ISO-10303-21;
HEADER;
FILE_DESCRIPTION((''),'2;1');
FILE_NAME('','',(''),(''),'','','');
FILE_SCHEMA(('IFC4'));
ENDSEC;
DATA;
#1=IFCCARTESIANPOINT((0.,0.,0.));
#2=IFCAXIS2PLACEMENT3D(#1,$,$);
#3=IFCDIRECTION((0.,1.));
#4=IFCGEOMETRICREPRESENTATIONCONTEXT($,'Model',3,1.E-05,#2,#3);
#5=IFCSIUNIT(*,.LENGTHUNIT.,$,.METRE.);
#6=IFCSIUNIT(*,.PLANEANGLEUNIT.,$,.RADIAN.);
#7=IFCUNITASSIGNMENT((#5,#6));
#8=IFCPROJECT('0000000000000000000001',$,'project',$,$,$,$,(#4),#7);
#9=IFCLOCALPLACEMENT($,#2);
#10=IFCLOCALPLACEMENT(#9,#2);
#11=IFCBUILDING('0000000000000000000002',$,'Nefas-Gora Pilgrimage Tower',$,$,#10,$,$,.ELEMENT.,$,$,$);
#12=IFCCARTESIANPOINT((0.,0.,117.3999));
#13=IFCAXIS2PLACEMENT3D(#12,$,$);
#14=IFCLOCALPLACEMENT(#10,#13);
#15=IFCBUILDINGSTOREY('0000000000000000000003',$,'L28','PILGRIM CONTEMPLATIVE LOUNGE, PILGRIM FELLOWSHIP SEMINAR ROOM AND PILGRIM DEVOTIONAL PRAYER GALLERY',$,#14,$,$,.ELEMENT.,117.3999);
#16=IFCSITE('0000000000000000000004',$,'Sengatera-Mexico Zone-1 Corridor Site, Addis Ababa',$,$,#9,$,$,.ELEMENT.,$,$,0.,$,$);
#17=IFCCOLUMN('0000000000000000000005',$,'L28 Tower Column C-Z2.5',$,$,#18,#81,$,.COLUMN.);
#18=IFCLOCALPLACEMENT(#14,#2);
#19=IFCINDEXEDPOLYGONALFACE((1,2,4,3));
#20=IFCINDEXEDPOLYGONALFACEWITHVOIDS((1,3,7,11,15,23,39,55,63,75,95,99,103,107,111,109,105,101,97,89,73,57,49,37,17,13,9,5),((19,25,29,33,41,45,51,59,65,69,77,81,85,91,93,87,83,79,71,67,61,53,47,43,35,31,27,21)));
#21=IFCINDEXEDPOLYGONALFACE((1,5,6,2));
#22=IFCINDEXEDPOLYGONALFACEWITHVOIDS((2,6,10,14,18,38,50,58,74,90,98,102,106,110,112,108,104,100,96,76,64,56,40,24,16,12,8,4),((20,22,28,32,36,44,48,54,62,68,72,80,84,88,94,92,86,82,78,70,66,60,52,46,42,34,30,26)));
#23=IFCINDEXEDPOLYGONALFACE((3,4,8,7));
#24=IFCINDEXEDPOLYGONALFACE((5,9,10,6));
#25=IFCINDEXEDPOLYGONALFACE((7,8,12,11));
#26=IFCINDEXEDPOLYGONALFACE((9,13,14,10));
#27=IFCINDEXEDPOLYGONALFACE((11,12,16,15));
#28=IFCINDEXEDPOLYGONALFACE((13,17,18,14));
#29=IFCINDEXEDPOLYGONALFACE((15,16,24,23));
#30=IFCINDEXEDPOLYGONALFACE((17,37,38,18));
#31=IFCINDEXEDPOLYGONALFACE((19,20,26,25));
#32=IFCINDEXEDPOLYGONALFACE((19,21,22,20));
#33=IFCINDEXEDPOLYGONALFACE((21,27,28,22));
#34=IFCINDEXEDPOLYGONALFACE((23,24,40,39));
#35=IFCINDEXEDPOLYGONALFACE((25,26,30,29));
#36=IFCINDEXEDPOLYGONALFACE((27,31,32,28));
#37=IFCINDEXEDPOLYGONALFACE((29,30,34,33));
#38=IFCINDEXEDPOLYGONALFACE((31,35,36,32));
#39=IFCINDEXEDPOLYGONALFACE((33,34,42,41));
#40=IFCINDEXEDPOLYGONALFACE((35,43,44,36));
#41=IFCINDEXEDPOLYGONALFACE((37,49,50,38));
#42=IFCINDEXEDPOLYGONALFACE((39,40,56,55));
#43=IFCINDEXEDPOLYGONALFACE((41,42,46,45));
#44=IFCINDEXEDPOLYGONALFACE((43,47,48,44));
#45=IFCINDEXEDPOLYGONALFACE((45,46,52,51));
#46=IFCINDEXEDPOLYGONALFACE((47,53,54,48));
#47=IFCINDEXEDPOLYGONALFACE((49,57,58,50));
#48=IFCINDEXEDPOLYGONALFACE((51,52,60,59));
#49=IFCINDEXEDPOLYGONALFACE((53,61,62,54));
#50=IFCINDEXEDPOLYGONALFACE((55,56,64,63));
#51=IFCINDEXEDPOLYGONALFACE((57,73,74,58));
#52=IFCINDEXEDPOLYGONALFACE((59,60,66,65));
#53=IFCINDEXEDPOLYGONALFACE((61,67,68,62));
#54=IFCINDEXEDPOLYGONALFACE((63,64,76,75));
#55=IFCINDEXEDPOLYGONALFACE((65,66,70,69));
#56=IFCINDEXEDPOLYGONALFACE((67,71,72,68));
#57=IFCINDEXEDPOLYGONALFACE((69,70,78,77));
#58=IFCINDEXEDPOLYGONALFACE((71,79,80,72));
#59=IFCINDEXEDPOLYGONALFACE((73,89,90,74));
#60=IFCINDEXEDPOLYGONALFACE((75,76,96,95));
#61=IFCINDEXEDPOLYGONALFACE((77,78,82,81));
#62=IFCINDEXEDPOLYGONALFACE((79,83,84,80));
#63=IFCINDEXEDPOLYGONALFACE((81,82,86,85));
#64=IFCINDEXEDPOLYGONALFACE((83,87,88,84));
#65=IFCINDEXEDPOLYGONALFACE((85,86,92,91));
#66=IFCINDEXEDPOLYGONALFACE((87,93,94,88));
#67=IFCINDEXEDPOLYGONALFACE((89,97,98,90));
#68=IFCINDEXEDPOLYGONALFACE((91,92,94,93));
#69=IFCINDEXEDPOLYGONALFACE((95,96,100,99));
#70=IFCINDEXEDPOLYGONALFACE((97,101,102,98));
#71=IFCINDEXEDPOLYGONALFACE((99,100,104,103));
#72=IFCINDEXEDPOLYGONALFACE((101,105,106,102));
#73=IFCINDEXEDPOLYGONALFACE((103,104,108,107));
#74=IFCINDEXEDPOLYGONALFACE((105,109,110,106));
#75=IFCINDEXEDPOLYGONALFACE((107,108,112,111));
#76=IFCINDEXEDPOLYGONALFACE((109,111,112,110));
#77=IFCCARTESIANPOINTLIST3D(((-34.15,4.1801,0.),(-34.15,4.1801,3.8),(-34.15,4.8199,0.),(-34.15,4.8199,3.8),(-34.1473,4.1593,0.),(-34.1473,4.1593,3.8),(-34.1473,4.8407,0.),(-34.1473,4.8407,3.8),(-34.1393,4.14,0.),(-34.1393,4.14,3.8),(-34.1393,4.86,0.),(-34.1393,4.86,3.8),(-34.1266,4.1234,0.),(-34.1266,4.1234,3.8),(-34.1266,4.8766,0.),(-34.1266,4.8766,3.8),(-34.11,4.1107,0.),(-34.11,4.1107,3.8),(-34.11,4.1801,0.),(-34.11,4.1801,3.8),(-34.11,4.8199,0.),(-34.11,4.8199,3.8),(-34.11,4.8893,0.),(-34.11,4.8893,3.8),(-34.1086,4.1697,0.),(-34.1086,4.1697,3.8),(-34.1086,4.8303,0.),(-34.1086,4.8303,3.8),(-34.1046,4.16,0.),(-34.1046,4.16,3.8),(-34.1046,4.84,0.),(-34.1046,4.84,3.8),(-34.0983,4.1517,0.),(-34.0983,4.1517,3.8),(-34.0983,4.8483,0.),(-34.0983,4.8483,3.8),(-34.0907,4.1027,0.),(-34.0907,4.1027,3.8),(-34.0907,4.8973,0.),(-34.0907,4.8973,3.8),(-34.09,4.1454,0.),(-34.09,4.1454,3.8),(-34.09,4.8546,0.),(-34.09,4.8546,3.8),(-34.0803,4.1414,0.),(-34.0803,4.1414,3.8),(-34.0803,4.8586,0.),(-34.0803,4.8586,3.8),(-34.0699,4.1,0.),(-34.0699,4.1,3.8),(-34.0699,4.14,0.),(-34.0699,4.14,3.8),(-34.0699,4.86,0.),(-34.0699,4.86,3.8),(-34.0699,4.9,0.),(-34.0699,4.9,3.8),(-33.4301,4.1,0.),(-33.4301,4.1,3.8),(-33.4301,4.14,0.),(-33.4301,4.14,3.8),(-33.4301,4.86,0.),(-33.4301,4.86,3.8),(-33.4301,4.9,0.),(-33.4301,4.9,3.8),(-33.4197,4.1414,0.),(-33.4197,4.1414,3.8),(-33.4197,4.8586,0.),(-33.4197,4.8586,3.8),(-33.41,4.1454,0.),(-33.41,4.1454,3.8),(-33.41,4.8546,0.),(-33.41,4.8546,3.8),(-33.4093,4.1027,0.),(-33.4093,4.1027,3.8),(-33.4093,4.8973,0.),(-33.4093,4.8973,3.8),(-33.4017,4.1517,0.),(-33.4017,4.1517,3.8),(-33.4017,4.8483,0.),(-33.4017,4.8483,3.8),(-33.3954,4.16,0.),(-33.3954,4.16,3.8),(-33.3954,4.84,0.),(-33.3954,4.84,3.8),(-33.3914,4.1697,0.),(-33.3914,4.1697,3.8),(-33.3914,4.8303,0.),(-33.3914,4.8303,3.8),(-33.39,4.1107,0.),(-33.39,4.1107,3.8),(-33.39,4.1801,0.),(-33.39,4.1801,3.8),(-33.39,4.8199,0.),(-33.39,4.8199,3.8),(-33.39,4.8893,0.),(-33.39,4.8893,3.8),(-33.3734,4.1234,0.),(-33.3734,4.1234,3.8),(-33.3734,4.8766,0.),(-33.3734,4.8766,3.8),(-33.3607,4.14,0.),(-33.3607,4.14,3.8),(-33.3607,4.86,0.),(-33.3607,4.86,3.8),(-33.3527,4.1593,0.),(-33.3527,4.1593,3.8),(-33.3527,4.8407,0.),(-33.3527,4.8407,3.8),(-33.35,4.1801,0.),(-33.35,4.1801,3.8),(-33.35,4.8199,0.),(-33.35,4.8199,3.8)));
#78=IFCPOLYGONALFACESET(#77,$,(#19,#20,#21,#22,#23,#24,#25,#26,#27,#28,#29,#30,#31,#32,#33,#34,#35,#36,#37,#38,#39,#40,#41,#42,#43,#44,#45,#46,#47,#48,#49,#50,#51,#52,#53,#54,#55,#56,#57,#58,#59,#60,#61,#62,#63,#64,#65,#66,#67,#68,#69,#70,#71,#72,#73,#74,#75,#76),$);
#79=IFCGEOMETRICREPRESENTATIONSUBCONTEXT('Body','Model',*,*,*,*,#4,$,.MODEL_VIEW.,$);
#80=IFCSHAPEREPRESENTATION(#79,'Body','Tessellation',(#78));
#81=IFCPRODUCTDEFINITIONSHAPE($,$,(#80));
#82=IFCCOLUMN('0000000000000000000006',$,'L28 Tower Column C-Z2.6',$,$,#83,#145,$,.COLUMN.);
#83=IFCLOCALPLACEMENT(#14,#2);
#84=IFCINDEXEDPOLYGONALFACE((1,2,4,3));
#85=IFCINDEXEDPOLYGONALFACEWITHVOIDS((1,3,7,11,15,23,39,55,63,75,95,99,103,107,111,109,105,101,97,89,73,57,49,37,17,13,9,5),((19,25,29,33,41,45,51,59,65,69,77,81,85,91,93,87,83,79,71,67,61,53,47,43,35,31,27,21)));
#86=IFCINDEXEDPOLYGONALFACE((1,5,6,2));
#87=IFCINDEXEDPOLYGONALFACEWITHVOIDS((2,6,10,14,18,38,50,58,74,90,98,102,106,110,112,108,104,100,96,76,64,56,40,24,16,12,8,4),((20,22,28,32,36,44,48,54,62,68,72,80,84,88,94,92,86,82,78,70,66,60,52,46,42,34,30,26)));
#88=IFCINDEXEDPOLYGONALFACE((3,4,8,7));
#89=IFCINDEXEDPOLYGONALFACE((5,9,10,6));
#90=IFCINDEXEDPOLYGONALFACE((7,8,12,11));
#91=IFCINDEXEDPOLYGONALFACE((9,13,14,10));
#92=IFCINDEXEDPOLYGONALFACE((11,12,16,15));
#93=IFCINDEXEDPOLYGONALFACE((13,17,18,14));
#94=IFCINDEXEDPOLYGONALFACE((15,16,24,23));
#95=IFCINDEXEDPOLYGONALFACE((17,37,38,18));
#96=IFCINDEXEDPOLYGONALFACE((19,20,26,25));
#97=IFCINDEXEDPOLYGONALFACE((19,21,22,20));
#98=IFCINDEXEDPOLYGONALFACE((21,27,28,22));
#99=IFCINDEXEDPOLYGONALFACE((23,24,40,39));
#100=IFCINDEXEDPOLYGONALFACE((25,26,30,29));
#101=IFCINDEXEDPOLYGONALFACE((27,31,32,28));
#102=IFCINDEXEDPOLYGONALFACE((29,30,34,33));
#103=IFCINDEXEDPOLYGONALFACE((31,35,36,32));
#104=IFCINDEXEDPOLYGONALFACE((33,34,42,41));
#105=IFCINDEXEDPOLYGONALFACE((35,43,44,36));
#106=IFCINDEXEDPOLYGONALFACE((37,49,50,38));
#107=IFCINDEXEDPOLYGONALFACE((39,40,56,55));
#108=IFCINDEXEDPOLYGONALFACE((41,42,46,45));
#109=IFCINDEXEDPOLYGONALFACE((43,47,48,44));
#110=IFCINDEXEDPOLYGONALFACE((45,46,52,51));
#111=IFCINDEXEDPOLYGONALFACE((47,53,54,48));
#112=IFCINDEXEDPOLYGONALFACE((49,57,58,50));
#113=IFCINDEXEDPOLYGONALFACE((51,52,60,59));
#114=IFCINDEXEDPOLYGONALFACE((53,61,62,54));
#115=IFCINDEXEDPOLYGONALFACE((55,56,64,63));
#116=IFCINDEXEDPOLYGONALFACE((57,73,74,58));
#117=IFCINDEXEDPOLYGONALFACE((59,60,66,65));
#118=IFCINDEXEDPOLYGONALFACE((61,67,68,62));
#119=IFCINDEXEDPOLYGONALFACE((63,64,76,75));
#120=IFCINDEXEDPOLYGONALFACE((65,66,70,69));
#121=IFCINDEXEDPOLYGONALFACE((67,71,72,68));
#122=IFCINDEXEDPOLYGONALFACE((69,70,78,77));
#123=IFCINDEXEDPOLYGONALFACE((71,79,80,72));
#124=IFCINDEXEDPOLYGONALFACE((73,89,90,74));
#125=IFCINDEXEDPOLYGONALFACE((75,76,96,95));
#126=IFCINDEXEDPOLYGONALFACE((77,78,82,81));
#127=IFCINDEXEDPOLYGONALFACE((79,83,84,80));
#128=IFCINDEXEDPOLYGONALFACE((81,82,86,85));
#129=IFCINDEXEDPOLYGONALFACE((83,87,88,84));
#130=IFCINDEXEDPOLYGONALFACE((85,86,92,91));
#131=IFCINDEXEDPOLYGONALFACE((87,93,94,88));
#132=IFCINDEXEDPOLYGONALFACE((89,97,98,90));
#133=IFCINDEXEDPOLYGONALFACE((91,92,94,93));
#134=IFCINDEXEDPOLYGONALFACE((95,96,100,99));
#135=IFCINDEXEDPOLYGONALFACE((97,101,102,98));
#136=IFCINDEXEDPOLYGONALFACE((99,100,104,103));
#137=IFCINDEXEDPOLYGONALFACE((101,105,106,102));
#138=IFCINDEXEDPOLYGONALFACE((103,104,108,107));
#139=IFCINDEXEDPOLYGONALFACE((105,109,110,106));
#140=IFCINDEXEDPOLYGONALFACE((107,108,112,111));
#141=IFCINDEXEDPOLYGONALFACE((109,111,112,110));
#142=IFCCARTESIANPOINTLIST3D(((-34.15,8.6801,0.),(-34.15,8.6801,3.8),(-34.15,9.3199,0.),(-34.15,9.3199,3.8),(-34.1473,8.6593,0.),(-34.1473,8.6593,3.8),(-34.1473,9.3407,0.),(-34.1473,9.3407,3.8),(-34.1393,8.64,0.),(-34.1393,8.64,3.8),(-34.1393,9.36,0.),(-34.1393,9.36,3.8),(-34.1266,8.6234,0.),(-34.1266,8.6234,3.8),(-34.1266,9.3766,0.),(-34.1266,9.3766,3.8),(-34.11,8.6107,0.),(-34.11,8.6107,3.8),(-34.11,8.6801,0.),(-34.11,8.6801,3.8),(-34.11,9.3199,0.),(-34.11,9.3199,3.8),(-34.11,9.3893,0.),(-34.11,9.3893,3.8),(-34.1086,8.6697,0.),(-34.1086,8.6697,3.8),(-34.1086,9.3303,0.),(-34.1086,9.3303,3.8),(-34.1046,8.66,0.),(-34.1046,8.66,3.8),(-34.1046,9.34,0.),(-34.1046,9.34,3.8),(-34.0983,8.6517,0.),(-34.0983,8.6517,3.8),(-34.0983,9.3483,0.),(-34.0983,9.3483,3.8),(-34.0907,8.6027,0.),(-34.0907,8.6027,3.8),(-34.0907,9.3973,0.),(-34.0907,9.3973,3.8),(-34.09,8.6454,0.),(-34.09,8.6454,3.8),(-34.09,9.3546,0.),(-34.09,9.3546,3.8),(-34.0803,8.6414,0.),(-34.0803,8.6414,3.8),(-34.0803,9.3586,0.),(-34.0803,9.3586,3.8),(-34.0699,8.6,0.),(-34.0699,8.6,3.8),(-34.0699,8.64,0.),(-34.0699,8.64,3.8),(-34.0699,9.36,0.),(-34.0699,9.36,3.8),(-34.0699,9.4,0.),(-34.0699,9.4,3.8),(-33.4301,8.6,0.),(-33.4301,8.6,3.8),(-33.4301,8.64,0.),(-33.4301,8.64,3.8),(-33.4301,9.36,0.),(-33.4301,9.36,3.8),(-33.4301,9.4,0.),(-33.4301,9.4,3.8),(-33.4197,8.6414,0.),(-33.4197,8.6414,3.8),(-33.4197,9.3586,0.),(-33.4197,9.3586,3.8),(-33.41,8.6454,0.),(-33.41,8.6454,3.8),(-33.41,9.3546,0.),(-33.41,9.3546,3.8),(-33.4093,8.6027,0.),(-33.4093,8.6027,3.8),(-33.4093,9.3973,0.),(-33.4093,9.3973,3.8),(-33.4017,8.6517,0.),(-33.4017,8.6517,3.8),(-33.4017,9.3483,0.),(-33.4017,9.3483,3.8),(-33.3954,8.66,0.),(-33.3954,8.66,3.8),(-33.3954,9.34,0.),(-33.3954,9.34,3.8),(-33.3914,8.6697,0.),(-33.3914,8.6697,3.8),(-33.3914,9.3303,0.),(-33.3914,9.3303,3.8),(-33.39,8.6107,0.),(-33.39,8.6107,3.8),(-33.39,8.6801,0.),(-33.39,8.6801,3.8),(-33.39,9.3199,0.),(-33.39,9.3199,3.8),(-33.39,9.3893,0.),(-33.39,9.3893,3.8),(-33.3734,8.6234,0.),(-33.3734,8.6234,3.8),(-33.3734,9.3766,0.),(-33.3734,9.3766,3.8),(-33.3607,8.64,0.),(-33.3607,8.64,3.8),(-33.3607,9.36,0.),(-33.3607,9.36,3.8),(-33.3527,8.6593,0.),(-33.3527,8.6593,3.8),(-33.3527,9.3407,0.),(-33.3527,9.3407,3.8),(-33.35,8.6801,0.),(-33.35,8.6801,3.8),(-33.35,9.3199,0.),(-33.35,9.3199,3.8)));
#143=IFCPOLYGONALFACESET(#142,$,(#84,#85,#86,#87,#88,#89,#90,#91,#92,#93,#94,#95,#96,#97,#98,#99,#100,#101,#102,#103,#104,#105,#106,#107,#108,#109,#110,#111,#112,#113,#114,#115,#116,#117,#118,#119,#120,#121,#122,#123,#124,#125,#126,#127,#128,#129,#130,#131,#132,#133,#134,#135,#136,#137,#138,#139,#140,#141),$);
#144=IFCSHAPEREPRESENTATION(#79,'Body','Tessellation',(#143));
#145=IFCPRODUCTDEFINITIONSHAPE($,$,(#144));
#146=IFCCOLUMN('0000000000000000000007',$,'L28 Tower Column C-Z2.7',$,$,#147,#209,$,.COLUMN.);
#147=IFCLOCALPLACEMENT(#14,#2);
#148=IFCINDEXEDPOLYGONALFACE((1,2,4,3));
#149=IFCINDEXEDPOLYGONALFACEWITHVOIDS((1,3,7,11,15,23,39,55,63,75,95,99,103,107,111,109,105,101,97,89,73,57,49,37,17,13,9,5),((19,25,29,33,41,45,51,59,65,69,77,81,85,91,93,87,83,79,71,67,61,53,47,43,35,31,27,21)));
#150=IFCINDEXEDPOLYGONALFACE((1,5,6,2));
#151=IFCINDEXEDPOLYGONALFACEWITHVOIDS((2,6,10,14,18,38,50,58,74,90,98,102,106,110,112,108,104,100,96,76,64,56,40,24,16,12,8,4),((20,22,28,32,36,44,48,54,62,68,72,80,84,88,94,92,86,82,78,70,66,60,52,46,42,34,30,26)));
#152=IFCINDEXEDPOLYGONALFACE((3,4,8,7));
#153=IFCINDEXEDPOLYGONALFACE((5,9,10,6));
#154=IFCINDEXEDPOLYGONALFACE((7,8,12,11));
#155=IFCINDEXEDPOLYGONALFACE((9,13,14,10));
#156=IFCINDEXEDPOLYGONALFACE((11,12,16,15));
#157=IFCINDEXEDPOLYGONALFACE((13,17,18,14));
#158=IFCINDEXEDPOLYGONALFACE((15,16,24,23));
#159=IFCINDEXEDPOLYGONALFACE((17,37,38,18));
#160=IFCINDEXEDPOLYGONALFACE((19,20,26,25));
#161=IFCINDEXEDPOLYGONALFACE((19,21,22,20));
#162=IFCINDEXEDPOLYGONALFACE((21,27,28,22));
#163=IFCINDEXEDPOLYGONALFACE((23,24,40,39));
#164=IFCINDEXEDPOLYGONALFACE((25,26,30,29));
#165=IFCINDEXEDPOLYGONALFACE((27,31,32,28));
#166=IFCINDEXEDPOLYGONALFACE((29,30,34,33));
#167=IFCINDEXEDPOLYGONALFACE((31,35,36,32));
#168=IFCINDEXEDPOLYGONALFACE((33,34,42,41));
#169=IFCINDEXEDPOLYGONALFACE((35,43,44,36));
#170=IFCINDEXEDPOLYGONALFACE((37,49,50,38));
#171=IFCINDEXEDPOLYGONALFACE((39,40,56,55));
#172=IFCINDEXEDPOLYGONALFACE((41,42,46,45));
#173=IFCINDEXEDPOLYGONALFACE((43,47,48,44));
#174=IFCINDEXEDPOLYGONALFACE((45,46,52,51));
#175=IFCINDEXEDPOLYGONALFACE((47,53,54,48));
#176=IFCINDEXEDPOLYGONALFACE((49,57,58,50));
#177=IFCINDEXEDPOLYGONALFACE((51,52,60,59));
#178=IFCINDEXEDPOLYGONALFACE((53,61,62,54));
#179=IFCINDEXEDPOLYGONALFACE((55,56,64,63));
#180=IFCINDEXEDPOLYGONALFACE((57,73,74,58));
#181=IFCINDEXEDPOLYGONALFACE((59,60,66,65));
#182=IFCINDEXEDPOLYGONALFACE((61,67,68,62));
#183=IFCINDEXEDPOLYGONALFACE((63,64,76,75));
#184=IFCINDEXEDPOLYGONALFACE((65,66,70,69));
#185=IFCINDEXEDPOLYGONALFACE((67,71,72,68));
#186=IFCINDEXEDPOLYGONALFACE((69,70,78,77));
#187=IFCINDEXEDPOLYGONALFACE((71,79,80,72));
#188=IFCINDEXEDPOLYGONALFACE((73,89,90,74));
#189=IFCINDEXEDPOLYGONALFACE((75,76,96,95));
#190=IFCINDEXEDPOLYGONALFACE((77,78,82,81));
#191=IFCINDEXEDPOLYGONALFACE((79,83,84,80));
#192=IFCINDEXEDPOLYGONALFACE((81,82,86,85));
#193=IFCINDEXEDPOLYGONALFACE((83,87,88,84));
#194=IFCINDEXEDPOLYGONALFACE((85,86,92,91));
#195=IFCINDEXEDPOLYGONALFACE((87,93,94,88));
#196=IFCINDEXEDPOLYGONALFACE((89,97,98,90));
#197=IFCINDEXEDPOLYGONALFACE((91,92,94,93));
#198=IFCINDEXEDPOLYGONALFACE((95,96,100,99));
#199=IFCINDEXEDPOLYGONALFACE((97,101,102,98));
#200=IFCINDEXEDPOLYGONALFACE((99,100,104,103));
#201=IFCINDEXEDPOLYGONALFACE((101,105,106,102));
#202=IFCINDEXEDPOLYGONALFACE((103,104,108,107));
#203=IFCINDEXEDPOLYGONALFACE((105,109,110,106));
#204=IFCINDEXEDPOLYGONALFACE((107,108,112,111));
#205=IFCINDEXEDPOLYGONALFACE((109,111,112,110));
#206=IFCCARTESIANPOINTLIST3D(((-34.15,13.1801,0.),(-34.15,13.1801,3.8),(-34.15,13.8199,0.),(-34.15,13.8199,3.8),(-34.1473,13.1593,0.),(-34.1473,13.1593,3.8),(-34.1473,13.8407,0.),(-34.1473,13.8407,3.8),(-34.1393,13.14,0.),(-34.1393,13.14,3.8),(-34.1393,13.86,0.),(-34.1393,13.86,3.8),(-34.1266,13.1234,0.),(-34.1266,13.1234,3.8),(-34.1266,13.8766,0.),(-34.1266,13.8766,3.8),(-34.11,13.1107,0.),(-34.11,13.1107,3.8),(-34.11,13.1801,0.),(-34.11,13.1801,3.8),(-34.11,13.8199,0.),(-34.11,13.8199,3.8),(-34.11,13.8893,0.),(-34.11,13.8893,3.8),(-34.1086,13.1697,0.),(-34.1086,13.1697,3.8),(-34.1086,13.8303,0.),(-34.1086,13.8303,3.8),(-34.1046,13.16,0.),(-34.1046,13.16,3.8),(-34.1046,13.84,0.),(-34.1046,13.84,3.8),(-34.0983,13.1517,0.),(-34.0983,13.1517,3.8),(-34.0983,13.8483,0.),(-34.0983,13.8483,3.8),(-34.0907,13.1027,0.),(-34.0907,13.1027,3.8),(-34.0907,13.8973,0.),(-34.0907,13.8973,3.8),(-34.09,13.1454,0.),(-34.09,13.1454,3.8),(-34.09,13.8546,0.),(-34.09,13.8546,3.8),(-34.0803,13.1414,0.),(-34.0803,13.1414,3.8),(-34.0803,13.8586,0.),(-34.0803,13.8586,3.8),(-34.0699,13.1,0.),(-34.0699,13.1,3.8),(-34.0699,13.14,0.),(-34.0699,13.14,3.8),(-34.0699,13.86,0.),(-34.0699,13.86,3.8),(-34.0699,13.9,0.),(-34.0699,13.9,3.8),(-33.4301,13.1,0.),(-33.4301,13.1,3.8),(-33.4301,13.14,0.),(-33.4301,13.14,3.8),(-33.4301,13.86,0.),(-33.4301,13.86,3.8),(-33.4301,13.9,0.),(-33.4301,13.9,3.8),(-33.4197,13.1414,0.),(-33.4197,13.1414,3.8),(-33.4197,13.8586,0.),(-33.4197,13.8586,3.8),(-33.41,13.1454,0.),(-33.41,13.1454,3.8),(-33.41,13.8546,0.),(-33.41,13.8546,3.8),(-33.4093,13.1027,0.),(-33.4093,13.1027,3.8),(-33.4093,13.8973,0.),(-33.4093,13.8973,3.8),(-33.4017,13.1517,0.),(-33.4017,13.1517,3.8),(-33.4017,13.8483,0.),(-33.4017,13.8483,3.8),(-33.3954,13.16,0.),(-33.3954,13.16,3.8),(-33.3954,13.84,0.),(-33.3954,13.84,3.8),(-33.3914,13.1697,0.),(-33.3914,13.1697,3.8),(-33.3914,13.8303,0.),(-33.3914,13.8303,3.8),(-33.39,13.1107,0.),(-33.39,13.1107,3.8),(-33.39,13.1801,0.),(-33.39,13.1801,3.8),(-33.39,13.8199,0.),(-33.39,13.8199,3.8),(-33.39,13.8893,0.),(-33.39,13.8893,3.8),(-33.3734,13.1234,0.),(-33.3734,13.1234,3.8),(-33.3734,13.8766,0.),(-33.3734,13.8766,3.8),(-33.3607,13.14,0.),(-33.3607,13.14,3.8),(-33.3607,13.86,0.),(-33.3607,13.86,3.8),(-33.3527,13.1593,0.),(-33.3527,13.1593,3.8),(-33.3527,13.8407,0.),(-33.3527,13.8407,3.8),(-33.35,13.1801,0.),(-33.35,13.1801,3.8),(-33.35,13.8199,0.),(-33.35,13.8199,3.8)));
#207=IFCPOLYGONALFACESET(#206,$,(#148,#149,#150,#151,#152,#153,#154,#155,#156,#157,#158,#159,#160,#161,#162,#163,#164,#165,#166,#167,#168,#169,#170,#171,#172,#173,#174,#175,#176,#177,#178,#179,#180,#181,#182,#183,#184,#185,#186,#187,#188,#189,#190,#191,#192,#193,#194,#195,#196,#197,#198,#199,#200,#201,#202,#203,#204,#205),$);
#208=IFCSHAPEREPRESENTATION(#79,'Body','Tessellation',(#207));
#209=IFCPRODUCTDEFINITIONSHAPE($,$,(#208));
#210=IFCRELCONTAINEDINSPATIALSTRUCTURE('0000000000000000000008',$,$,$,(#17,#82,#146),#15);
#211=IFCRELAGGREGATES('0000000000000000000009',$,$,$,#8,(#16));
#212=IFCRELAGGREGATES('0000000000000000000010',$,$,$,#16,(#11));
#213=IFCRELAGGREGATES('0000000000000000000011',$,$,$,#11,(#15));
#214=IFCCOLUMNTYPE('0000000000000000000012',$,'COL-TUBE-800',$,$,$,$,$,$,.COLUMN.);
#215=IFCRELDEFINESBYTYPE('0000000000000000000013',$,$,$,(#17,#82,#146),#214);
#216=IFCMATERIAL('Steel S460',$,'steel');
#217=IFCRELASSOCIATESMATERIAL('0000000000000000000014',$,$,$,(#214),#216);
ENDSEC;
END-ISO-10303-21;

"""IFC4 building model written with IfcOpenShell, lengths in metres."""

from ifc_helpers import new_model, si_unit, direction, frame, origin, origin_2d, place, context, subcontext, project, spatial, hollow_rectangle, extrude, source, transform, mapped, material, material_profile, profile_set, type_object, element, save


model = new_model("IFC4")

# Units and contexts
model_context = context("Model", 3, precision=1e-05, world=origin(), true_north=direction((0.0, 1.0)))
body_context = subcontext(model_context, "Body", "Model", "MODEL_VIEW")
ifc_project = project(units=[si_unit("LENGTHUNIT", "METRE"), si_unit("PLANEANGLEUNIT", "RADIAN")], contexts=[model_context])

# Site, building, storey
site_placement = place(None, origin())
site = spatial("IfcSite", under=ifc_project, at=site_placement, Name="Sengatera-Mexico Zone-1 Corridor Site, Addis Ababa", CompositionType="ELEMENT", RefElevation=0.0)
building_placement = place(site_placement, origin())
building = spatial("IfcBuilding", under=site, at=building_placement, Name="Nefas-Gora Pilgrimage Tower", CompositionType="ELEMENT")
storey_placement = place(building_placement, frame((0.0, 0.0, 117.3999)))
storey = spatial("IfcBuildingStorey", under=building, at=storey_placement, Name="L28", Description="PILGRIM CONTEMPLATIVE LOUNGE, PILGRIM FELLOWSHIP SEMINAR ROOM AND PILGRIM DEVOTIONAL PRAYER GALLERY", CompositionType="ELEMENT", Elevation=117.3999)

# Columns
ifc_material_1 = material(Name="Steel S460", Category="steel")
ifc_material_profile_1 = material_profile(ifc_material_1, hollow_rectangle(XDim=0.8, YDim=0.8, WallThickness=0.04, InnerFilletRadius=0.04, OuterFilletRadius=0.0801, at=origin_2d()), Name="BOX 800x800x40")
ifc_profile_set_1 = profile_set([ifc_material_profile_1], Name="Steel S460")
column_type_1 = type_object("IfcColumnType", Name="COL-TUBE-800", PredefinedType="COLUMN", material=ifc_profile_set_1)
shared_shape_1 = source(origin(), body_context, "Body", "SweptSolid", [
    extrude(hollow_rectangle(XDim=0.8, YDim=0.8, WallThickness=0.04, InnerFilletRadius=0.04, OuterFilletRadius=0.0801, at=origin_2d()), origin(), (0.0, 0.0, 1.0), 3.8),
])
for number, where, z_axis, x_axis, name in (
    (1, (-33.75, 4.5, 0.0), (0.0, 0.0, 1.0), (1.0, 0.0, 0.0), "L28 Tower Column C-Z2.5"),
    (2, (-33.75, 9.0, 0.0), (0.0, 0.0, 1.0), (1.0, 0.0, 0.0), "L28 Tower Column C-Z2.6"),
    (3, (-33.75, 13.5, 0.0), (0.0, 0.0, 1.0), (1.0, 0.0, 0.0), "L28 Tower Column C-Z2.7"),
):
    element("IfcColumn", number, at=place(storey_placement, frame(where, z_axis=z_axis, x_axis=x_axis)), inside=storey, type_object=column_type_1, Name=name, PredefinedType="COLUMN", context=body_context, shape_type="MappedRepresentation", body=[
        mapped(shared_shape_1, transform((0.0, 0.0, 0.0), x_axis=(1.0, 0.0, 0.0), y_axis=(0.0, 1.0, 0.0), z_axis=(0.0, 0.0, 1.0), scale=1.0)),
    ])

save(model, "model.ifc")
